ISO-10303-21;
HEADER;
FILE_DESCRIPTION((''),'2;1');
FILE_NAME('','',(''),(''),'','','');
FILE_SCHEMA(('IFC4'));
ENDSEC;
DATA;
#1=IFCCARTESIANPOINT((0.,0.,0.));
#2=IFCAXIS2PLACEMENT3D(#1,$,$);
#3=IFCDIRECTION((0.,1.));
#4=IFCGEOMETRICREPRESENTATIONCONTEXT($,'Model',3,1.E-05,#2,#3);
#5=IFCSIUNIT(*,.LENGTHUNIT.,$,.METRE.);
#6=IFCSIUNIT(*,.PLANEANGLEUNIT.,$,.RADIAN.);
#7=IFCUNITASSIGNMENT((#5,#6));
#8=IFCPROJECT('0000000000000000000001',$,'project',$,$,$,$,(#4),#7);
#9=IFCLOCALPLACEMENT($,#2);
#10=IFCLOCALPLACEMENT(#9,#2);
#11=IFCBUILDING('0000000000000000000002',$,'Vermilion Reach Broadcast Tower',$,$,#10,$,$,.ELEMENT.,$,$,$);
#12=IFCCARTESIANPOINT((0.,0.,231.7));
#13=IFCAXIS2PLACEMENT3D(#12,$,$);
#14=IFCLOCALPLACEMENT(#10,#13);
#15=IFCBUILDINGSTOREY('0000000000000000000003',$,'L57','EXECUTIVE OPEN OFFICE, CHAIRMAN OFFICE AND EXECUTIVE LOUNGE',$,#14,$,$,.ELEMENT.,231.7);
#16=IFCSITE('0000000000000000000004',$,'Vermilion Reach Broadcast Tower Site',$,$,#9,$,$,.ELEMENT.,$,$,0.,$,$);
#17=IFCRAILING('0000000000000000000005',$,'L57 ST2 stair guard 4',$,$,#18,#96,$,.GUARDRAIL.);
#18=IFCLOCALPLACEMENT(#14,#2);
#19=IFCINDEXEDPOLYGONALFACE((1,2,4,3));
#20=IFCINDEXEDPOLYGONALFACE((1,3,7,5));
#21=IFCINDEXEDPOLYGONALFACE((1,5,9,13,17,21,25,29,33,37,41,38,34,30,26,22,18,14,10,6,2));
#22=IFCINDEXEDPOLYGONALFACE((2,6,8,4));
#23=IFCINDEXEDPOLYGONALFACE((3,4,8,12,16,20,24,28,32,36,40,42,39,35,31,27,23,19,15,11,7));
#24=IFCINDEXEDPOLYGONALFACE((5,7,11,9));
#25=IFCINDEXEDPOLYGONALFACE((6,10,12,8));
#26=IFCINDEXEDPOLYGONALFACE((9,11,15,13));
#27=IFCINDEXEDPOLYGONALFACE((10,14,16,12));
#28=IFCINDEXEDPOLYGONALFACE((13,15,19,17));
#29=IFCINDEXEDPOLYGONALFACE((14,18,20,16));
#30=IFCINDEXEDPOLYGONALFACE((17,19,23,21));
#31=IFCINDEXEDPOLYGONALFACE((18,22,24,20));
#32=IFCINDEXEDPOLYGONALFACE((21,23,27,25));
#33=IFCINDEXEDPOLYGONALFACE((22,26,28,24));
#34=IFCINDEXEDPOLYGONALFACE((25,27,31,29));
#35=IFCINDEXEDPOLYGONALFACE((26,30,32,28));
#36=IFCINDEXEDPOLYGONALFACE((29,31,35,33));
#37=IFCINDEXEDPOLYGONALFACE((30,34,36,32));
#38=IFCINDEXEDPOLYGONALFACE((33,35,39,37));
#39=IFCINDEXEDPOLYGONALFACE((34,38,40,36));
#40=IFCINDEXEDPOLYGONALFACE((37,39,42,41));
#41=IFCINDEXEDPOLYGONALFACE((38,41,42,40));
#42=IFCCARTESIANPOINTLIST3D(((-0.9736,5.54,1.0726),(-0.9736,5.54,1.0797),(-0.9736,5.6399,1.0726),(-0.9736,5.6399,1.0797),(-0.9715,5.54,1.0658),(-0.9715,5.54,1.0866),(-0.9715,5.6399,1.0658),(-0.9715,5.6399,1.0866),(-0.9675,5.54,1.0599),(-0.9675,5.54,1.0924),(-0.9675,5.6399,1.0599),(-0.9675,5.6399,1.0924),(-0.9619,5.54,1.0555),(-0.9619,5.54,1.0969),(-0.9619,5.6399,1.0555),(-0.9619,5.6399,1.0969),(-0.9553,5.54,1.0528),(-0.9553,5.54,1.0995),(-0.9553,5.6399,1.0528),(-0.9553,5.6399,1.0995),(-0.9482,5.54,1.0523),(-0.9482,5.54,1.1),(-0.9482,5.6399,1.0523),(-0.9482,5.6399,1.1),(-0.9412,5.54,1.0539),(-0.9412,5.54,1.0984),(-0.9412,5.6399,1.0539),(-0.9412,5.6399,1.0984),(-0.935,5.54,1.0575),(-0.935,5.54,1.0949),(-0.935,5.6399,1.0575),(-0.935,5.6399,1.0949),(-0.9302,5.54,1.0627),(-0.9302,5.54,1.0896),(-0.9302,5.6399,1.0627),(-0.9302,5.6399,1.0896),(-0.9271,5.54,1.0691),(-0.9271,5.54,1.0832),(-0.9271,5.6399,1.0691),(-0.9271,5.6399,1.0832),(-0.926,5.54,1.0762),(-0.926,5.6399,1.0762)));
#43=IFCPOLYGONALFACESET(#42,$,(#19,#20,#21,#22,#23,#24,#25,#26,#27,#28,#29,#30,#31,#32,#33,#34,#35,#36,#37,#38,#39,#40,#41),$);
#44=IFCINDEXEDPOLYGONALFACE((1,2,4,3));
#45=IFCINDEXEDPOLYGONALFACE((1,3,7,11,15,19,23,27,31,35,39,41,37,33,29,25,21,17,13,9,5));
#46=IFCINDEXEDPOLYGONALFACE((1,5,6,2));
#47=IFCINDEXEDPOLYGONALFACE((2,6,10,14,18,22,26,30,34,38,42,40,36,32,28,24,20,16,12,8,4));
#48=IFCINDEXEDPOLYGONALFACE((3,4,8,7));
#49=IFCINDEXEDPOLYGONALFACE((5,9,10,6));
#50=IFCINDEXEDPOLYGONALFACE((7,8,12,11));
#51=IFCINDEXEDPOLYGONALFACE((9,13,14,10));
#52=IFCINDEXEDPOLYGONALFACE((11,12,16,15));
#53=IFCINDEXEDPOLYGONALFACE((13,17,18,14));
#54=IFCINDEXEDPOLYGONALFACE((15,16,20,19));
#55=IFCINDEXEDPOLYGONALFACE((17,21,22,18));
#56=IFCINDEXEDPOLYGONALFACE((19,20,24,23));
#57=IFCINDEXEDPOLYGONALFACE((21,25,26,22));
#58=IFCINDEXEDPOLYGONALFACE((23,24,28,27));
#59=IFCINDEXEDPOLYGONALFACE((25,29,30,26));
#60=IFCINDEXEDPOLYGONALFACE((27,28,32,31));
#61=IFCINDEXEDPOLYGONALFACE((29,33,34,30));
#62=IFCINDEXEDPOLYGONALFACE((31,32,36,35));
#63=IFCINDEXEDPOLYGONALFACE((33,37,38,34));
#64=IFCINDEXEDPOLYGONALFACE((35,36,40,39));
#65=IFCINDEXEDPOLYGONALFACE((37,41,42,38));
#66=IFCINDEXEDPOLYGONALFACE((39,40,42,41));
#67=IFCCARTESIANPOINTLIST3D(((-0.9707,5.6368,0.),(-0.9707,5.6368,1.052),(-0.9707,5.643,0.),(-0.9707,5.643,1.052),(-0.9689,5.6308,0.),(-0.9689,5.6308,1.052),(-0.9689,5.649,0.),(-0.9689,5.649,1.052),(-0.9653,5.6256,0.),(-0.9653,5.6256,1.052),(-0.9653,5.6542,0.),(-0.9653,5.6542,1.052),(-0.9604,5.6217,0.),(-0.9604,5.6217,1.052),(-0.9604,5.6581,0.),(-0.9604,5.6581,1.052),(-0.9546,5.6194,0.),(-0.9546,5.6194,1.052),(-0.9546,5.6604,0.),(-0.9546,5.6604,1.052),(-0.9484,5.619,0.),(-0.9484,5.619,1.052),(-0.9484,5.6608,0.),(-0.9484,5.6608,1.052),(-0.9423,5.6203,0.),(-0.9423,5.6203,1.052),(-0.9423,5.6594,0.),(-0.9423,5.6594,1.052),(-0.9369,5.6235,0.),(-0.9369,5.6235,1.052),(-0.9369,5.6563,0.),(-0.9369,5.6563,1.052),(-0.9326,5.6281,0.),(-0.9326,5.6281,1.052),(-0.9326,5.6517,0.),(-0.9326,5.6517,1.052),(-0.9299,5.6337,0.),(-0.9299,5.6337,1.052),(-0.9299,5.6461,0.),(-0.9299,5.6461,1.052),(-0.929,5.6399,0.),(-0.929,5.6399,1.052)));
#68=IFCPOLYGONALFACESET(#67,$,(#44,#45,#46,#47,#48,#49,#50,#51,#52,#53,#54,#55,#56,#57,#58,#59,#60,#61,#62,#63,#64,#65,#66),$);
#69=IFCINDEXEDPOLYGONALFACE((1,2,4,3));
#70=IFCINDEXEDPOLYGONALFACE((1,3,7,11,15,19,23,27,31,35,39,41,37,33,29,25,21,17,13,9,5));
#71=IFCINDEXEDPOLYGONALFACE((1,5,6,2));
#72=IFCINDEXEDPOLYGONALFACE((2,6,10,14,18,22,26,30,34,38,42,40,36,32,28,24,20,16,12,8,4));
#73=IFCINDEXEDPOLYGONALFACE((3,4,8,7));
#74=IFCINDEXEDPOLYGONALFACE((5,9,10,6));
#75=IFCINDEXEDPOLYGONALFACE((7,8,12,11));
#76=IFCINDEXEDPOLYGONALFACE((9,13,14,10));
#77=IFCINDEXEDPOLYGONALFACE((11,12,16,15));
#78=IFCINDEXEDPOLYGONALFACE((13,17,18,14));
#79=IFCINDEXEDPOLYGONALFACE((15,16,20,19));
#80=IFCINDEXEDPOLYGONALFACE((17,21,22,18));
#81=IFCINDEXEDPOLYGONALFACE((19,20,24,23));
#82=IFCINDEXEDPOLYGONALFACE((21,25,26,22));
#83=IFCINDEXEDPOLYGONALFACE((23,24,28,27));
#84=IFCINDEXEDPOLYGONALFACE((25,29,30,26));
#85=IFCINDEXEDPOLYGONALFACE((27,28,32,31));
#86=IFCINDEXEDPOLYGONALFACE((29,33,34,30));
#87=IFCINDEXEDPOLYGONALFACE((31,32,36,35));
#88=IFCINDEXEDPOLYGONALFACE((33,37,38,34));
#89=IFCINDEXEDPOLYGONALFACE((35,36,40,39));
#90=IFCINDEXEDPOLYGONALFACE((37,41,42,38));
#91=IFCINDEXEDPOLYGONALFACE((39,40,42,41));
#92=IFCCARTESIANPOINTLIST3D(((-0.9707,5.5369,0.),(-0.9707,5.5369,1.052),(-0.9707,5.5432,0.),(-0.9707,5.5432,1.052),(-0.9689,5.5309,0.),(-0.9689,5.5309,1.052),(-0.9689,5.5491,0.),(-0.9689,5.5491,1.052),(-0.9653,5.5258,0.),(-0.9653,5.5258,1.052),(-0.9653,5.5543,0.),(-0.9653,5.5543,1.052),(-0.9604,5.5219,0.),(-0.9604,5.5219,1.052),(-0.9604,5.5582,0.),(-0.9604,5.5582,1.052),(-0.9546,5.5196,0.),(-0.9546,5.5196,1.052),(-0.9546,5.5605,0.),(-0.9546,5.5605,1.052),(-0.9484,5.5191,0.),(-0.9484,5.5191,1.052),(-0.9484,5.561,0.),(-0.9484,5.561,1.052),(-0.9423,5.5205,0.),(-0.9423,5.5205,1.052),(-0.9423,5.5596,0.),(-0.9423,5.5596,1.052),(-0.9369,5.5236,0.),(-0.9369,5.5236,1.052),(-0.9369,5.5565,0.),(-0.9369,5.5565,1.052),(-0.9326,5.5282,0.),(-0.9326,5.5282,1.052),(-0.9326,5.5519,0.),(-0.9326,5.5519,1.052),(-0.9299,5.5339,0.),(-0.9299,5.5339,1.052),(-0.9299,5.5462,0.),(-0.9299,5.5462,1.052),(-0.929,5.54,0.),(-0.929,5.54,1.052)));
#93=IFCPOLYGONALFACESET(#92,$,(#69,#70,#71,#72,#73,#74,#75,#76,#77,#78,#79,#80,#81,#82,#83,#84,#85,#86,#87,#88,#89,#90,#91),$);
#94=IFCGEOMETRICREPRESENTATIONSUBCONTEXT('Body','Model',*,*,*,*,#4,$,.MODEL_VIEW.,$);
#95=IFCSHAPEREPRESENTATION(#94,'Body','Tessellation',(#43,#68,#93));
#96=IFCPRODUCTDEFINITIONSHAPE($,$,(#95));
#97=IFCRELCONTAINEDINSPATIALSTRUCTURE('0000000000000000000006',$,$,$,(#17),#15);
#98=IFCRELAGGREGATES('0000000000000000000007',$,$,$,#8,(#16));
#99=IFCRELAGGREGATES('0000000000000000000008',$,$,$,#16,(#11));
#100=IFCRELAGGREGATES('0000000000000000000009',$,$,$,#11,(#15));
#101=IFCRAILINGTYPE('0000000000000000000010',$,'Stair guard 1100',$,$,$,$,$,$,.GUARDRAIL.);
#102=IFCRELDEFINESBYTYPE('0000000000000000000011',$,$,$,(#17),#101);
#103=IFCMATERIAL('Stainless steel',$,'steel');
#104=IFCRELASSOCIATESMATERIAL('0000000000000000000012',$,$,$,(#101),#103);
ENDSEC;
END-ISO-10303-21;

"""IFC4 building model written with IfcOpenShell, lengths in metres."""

from ifc_helpers import new_model, si_unit, direction, frame, origin, origin_2d, place, context, subcontext, project, spatial, circle, extrude, material, type_object, element, save


model = new_model("IFC4")

# Units and contexts
model_context = context("Model", 3, precision=1e-05, world=origin(), true_north=direction((0.0, 1.0)))
body_context = subcontext(model_context, "Body", "Model", "MODEL_VIEW")
ifc_project = project(units=[si_unit("LENGTHUNIT", "METRE"), si_unit("PLANEANGLEUNIT", "RADIAN")], contexts=[model_context])

# Site, building, storey
site_placement = place(None, origin())
site = spatial("IfcSite", under=ifc_project, at=site_placement, Name="Vermilion Reach Broadcast Tower Site", CompositionType="ELEMENT", RefElevation=0.0)
building_placement = place(site_placement, origin())
building = spatial("IfcBuilding", under=site, at=building_placement, Name="Vermilion Reach Broadcast Tower", CompositionType="ELEMENT")
storey_placement = place(building_placement, frame((0.0, 0.0, 231.7)))
storey = spatial("IfcBuildingStorey", under=building, at=storey_placement, Name="L57", Description="EXECUTIVE OPEN OFFICE, CHAIRMAN OFFICE AND EXECUTIVE LOUNGE", CompositionType="ELEMENT", Elevation=231.7)

# Railing
ifc_material_1 = material(Name="Stainless steel", Category="steel")
railing_type_1 = type_object("IfcRailingType", Name="Stair guard 1100", PredefinedType="GUARDRAIL", material=ifc_material_1)
railing_1_placement = place(storey_placement, frame((-0.95, 5.6399, 0.0)))
element("IfcRailing", 1, at=railing_1_placement, inside=storey, type_object=railing_type_1, Name="L57 ST2 stair guard 4", PredefinedType="GUARDRAIL", context=body_context, shape_type="SweptSolid", body=[
    extrude(circle(Radius=0.0239, at=origin_2d()), frame((0.0, 0.0, 1.0762), z_axis=(0.0, -1.0, 0.0), x_axis=(1.0, 0.0, 0.0)), (0.0, 0.0, 1.0), 0.0999),
    extrude(circle(Radius=0.021, at=origin_2d()), origin(), (0.0, 0.0, 1.0), 1.052),
    extrude(circle(Radius=0.021, at=origin_2d()), frame((0.0, -0.0999, 0.0)), (0.0, 0.0, 1.0), 1.052),
])

save(model, "model.ifc")
